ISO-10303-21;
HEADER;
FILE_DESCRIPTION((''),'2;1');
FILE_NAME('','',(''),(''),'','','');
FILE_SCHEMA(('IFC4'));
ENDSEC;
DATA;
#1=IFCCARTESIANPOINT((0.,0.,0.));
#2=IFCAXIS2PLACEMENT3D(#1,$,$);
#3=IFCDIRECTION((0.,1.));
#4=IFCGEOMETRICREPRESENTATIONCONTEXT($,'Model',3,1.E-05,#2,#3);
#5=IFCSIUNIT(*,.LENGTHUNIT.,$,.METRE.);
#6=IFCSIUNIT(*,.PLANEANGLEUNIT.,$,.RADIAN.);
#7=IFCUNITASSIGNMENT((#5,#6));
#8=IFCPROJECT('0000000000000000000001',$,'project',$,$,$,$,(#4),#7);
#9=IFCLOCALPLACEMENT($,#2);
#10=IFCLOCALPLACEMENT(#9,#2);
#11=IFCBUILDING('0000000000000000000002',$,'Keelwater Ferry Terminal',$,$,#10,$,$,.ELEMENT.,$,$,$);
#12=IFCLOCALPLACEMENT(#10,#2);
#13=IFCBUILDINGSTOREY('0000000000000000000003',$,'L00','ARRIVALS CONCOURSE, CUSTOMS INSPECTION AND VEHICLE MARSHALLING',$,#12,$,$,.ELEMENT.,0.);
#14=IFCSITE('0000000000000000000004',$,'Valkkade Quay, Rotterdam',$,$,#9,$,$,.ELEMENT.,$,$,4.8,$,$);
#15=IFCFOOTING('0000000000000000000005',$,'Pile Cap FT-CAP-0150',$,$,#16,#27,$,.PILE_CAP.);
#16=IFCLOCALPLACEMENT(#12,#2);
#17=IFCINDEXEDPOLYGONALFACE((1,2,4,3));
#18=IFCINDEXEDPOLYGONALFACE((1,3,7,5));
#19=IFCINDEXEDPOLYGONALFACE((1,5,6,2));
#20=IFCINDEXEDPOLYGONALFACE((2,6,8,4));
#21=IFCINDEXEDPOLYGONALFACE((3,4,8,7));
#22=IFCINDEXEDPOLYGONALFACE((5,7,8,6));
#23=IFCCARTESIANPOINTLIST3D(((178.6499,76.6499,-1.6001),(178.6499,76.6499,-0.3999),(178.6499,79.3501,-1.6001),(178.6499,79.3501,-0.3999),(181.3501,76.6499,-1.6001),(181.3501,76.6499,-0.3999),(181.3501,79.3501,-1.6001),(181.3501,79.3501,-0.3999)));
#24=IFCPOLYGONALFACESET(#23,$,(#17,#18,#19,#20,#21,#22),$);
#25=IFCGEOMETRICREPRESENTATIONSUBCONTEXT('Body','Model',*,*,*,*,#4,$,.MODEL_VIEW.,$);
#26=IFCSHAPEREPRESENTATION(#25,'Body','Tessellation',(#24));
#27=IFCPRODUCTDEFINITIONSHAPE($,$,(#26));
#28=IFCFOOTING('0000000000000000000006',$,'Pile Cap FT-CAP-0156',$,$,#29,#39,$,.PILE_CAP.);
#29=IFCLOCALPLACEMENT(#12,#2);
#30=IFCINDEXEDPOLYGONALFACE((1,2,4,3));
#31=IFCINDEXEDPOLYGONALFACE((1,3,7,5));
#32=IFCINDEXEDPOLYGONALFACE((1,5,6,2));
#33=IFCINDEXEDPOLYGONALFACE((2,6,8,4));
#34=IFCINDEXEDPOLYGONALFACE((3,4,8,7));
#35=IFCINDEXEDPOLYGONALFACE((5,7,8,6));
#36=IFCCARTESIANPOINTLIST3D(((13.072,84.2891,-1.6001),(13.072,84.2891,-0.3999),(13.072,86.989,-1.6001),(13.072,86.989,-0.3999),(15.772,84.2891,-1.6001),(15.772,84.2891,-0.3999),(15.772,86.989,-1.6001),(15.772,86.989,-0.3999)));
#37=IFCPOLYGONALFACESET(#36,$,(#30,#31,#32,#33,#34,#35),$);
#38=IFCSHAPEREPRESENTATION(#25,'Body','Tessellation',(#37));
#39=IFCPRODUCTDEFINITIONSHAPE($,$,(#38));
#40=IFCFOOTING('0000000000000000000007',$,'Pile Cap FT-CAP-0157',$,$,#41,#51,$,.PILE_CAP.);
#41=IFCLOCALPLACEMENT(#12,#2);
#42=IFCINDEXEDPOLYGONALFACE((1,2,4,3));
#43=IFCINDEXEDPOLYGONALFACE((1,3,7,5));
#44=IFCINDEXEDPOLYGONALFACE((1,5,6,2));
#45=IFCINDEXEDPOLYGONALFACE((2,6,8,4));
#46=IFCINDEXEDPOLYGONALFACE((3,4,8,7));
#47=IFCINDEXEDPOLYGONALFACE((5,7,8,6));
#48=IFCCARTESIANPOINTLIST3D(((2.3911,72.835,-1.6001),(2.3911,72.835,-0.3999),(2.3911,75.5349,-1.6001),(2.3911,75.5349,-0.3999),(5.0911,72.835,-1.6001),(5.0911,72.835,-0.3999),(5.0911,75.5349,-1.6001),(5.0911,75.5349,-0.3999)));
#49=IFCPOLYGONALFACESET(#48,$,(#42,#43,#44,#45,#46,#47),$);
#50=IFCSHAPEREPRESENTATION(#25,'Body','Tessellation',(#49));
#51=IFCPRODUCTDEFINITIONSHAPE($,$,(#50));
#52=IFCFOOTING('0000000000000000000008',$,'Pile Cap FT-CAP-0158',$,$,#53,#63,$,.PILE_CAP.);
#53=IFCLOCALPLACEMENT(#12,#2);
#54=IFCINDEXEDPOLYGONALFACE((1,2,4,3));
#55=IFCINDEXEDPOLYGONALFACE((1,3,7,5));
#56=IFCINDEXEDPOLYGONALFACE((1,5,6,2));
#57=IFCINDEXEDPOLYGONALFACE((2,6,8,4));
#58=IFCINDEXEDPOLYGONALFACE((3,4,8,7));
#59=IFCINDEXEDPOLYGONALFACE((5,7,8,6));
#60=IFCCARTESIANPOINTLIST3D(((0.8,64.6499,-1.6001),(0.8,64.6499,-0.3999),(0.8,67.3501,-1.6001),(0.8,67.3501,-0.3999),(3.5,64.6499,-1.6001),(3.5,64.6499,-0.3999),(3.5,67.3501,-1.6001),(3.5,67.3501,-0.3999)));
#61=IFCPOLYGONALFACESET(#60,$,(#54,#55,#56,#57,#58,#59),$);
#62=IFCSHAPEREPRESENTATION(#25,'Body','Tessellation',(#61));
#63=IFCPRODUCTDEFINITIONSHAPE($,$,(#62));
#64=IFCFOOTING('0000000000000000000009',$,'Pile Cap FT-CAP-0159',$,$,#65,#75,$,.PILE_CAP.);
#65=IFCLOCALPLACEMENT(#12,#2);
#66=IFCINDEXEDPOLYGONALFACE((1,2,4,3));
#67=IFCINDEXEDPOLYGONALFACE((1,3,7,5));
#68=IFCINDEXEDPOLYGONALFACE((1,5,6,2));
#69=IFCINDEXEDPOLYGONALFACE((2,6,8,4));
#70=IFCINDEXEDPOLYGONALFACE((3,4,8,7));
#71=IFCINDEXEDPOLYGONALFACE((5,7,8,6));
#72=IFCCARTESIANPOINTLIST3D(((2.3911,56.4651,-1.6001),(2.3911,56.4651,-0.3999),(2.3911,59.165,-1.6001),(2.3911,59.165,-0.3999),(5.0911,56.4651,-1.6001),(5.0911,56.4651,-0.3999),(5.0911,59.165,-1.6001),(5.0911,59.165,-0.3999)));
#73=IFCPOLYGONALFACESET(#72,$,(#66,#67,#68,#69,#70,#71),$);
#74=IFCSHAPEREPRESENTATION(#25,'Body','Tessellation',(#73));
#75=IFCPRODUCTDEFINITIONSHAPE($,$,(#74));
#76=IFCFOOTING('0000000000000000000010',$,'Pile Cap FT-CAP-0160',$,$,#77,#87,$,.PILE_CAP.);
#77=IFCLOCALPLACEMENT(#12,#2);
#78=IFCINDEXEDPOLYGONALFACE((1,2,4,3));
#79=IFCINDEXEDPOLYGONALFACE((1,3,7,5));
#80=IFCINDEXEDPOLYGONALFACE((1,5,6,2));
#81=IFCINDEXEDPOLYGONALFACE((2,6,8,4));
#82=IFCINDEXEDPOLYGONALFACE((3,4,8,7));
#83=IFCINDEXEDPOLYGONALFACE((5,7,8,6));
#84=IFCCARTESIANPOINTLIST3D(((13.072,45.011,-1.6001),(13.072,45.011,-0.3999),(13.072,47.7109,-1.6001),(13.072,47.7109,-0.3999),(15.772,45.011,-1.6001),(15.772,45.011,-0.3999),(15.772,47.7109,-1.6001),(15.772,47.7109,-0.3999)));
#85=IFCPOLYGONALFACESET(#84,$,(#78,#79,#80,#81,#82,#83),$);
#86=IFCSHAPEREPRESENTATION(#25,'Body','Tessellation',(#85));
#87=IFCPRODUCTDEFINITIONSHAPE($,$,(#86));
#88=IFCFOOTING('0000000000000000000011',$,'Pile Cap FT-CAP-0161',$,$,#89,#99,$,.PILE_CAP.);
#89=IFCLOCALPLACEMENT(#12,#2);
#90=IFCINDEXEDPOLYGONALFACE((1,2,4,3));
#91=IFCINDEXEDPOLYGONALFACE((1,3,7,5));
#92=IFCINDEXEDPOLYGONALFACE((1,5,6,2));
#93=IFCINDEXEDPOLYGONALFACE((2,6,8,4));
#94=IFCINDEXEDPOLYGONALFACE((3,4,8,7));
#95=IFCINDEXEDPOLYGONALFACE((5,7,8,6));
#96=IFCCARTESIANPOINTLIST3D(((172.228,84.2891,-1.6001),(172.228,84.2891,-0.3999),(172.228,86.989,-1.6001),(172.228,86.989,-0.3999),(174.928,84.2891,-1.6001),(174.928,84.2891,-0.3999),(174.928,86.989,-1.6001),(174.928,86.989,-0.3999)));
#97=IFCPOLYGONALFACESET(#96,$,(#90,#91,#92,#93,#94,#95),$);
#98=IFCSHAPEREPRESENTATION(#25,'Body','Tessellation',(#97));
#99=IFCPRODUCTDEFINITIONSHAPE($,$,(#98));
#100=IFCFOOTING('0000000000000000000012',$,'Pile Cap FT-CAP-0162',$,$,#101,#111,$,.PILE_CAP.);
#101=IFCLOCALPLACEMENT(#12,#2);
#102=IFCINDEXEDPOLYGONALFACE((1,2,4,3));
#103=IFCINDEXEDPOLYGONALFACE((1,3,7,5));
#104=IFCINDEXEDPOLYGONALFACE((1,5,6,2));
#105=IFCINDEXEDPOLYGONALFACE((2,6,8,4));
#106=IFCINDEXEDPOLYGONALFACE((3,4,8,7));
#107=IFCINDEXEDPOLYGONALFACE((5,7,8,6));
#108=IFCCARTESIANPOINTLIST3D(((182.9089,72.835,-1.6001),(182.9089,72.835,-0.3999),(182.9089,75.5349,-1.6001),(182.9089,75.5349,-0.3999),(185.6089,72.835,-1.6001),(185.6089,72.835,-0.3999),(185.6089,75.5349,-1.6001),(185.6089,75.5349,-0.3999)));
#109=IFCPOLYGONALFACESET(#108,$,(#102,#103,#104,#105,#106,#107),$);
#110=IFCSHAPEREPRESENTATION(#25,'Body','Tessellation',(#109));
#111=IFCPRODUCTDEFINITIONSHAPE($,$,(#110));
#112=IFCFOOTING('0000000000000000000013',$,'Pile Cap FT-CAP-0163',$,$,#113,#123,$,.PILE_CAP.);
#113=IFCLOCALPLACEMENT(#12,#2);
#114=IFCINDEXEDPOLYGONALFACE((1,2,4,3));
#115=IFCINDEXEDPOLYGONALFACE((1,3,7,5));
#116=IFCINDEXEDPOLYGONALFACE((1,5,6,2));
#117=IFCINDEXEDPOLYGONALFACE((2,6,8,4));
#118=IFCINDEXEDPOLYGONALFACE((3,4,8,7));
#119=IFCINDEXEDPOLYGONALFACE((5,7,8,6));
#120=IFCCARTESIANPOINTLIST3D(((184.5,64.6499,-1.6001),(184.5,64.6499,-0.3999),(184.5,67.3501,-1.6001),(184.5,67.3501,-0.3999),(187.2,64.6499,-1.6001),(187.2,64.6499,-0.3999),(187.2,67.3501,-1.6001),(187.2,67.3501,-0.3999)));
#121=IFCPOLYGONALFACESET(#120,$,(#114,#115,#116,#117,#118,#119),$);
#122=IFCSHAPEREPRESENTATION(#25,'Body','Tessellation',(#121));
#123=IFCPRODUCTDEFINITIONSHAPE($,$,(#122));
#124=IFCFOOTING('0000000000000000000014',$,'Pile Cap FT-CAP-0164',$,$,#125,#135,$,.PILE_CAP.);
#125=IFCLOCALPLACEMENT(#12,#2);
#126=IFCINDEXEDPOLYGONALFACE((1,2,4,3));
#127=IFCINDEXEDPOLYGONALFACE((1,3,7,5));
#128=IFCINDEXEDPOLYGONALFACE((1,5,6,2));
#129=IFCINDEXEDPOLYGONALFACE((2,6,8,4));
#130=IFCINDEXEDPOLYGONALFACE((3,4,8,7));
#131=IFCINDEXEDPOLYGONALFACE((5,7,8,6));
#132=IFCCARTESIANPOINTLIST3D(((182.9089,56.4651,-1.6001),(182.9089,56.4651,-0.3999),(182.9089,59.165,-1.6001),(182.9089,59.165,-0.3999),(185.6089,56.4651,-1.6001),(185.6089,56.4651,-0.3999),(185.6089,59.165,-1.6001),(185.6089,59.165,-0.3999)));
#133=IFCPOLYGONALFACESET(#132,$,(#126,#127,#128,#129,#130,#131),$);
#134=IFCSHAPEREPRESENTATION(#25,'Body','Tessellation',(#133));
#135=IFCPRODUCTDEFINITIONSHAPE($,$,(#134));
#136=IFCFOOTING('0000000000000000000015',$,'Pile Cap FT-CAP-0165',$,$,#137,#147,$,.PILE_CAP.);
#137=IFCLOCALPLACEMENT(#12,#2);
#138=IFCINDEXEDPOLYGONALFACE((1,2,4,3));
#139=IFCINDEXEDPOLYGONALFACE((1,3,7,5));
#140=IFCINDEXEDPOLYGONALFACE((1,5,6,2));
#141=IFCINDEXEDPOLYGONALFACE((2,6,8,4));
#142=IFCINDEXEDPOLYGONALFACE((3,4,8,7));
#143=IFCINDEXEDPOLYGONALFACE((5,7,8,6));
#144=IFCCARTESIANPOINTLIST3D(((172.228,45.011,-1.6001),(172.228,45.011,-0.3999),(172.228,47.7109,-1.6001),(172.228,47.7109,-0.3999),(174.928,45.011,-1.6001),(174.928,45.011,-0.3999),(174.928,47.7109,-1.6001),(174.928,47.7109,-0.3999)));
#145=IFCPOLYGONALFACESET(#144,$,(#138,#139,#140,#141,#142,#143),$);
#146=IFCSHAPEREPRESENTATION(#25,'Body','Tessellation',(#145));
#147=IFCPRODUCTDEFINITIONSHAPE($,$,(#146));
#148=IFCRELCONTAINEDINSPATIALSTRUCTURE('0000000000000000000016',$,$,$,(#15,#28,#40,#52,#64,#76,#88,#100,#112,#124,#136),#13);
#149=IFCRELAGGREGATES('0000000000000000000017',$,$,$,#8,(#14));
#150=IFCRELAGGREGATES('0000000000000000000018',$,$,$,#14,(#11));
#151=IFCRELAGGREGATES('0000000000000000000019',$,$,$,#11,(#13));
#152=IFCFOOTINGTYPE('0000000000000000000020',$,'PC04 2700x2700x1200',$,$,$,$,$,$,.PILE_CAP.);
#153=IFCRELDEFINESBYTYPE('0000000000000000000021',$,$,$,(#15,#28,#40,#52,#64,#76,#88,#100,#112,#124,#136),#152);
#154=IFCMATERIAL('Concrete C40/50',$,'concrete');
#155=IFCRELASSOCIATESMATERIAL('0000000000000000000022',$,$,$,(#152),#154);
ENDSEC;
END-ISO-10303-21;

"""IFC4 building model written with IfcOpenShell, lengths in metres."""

from ifc_helpers import new_model, si_unit, direction, frame, origin, place, context, subcontext, project, spatial, polyline, outline, extrude, material, type_object, element, save


model = new_model("IFC4")

# Units and contexts
model_context = context("Model", 3, precision=1e-05, world=origin(), true_north=direction((0.0, 1.0)))
body_context = subcontext(model_context, "Body", "Model", "MODEL_VIEW")
ifc_project = project(units=[si_unit("LENGTHUNIT", "METRE"), si_unit("PLANEANGLEUNIT", "RADIAN")], contexts=[model_context])

# Site, building, storey
site_placement = place(None, origin())
site = spatial("IfcSite", under=ifc_project, at=site_placement, Name="Valkkade Quay, Rotterdam", CompositionType="ELEMENT", RefElevation=4.8)
building_placement = place(site_placement, origin())
building = spatial("IfcBuilding", under=site, at=building_placement, Name="Keelwater Ferry Terminal", CompositionType="ELEMENT")
storey_placement = place(building_placement, origin())
storey = spatial("IfcBuildingStorey", under=building, at=storey_placement, Name="L00", Description="ARRIVALS CONCOURSE, CUSTOMS INSPECTION AND VEHICLE MARSHALLING", CompositionType="ELEMENT", Elevation=0.0)

# Footings
ifc_material = material(Name="Concrete C40/50", Category="concrete")
footing_type = type_object("IfcFootingType", Name="PC04 2700x2700x1200", PredefinedType="PILE_CAP", material=ifc_material)
footing_1_placement = place(storey_placement, frame((0.0, 0.0, -1.6001)))
element("IfcFooting", 1, at=footing_1_placement, inside=storey, type_object=footing_type, Name="Pile Cap FT-CAP-0150", PredefinedType="PILE_CAP", context=body_context, shape_type="SweptSolid", body=[
    extrude(outline(polyline([(178.6499, 76.6499), (181.3501, 76.6499), (181.3501, 79.3501), (178.6499, 79.3501), (178.6499, 76.6499)])), origin(), (0.0, 0.0, 1.0), 1.2002),
])
footing_2_placement = place(storey_placement, frame((0.0, 0.0, -1.6001)))
element("IfcFooting", 2, at=footing_2_placement, inside=storey, type_object=footing_type, Name="Pile Cap FT-CAP-0156", PredefinedType="PILE_CAP", context=body_context, shape_type="SweptSolid", body=[
    extrude(outline(polyline([(13.072, 84.2891), (15.772, 84.2891), (15.772, 86.989), (13.072, 86.989), (13.072, 84.2891)])), origin(), (0.0, 0.0, 1.0), 1.2002),
])
footing_3_placement = place(storey_placement, frame((0.0, 0.0, -1.6001)))
element("IfcFooting", 3, at=footing_3_placement, inside=storey, type_object=footing_type, Name="Pile Cap FT-CAP-0157", PredefinedType="PILE_CAP", context=body_context, shape_type="SweptSolid", body=[
    extrude(outline(polyline([(2.3911, 72.835), (5.0911, 72.835), (5.0911, 75.5349), (2.3911, 75.5349), (2.3911, 72.835)])), origin(), (0.0, 0.0, 1.0), 1.2002),
])
footing_4_placement = place(storey_placement, frame((0.0, 0.0, -1.6001)))
element("IfcFooting", 4, at=footing_4_placement, inside=storey, type_object=footing_type, Name="Pile Cap FT-CAP-0158", PredefinedType="PILE_CAP", context=body_context, shape_type="SweptSolid", body=[
    extrude(outline(polyline([(0.8, 64.6499), (3.5, 64.6499), (3.5, 67.3501), (0.8, 67.3501), (0.8, 64.6499)])), origin(), (0.0, 0.0, 1.0), 1.2002),
])
footing_5_placement = place(storey_placement, frame((0.0, 0.0, -1.6001)))
element("IfcFooting", 5, at=footing_5_placement, inside=storey, type_object=footing_type, Name="Pile Cap FT-CAP-0159", PredefinedType="PILE_CAP", context=body_context, shape_type="SweptSolid", body=[
    extrude(outline(polyline([(2.3911, 56.4651), (5.0911, 56.4651), (5.0911, 59.165), (2.3911, 59.165), (2.3911, 56.4651)])), origin(), (0.0, 0.0, 1.0), 1.2002),
])
footing_6_placement = place(storey_placement, frame((0.0, 0.0, -1.6001)))
element("IfcFooting", 6, at=footing_6_placement, inside=storey, type_object=footing_type, Name="Pile Cap FT-CAP-0160", PredefinedType="PILE_CAP", context=body_context, shape_type="SweptSolid", body=[
    extrude(outline(polyline([(13.072, 45.011), (15.772, 45.011), (15.772, 47.7109), (13.072, 47.7109), (13.072, 45.011)])), origin(), (0.0, 0.0, 1.0), 1.2002),
])
footing_7_placement = place(storey_placement, frame((0.0, 0.0, -1.6001)))
element("IfcFooting", 7, at=footing_7_placement, inside=storey, type_object=footing_type, Name="Pile Cap FT-CAP-0161", PredefinedType="PILE_CAP", context=body_context, shape_type="SweptSolid", body=[
    extrude(outline(polyline([(172.228, 84.2891), (174.928, 84.2891), (174.928, 86.989), (172.228, 86.989), (172.228, 84.2891)])), origin(), (0.0, 0.0, 1.0), 1.2002),
])
footing_8_placement = place(storey_placement, frame((0.0, 0.0, -1.6001)))
element("IfcFooting", 8, at=footing_8_placement, inside=storey, type_object=footing_type, Name="Pile Cap FT-CAP-0162", PredefinedType="PILE_CAP", context=body_context, shape_type="SweptSolid", body=[
    extrude(outline(polyline([(182.9089, 72.835), (185.6089, 72.835), (185.6089, 75.5349), (182.9089, 75.5349), (182.9089, 72.835)])), origin(), (0.0, 0.0, 1.0), 1.2002),
])
footing_9_placement = place(storey_placement, frame((0.0, 0.0, -1.6001)))
element("IfcFooting", 9, at=footing_9_placement, inside=storey, type_object=footing_type, Name="Pile Cap FT-CAP-0163", PredefinedType="PILE_CAP", context=body_context, shape_type="SweptSolid", body=[
    extrude(outline(polyline([(184.5, 64.6499), (187.2, 64.6499), (187.2, 67.3501), (184.5, 67.3501), (184.5, 64.6499)])), origin(), (0.0, 0.0, 1.0), 1.2002),
])
footing_10_placement = place(storey_placement, frame((0.0, 0.0, -1.6001)))
element("IfcFooting", 10, at=footing_10_placement, inside=storey, type_object=footing_type, Name="Pile Cap FT-CAP-0164", PredefinedType="PILE_CAP", context=body_context, shape_type="SweptSolid", body=[
    extrude(outline(polyline([(182.9089, 56.4651), (185.6089, 56.4651), (185.6089, 59.165), (182.9089, 59.165), (182.9089, 56.4651)])), origin(), (0.0, 0.0, 1.0), 1.2002),
])
footing_11_placement = place(storey_placement, frame((0.0, 0.0, -1.6001)))
element("IfcFooting", 11, at=footing_11_placement, inside=storey, type_object=footing_type, Name="Pile Cap FT-CAP-0165", PredefinedType="PILE_CAP", context=body_context, shape_type="SweptSolid", body=[
    extrude(outline(polyline([(172.228, 45.011), (174.928, 45.011), (174.928, 47.7109), (172.228, 47.7109), (172.228, 45.011)])), origin(), (0.0, 0.0, 1.0), 1.2002),
])

save(model, "model.ifc")
